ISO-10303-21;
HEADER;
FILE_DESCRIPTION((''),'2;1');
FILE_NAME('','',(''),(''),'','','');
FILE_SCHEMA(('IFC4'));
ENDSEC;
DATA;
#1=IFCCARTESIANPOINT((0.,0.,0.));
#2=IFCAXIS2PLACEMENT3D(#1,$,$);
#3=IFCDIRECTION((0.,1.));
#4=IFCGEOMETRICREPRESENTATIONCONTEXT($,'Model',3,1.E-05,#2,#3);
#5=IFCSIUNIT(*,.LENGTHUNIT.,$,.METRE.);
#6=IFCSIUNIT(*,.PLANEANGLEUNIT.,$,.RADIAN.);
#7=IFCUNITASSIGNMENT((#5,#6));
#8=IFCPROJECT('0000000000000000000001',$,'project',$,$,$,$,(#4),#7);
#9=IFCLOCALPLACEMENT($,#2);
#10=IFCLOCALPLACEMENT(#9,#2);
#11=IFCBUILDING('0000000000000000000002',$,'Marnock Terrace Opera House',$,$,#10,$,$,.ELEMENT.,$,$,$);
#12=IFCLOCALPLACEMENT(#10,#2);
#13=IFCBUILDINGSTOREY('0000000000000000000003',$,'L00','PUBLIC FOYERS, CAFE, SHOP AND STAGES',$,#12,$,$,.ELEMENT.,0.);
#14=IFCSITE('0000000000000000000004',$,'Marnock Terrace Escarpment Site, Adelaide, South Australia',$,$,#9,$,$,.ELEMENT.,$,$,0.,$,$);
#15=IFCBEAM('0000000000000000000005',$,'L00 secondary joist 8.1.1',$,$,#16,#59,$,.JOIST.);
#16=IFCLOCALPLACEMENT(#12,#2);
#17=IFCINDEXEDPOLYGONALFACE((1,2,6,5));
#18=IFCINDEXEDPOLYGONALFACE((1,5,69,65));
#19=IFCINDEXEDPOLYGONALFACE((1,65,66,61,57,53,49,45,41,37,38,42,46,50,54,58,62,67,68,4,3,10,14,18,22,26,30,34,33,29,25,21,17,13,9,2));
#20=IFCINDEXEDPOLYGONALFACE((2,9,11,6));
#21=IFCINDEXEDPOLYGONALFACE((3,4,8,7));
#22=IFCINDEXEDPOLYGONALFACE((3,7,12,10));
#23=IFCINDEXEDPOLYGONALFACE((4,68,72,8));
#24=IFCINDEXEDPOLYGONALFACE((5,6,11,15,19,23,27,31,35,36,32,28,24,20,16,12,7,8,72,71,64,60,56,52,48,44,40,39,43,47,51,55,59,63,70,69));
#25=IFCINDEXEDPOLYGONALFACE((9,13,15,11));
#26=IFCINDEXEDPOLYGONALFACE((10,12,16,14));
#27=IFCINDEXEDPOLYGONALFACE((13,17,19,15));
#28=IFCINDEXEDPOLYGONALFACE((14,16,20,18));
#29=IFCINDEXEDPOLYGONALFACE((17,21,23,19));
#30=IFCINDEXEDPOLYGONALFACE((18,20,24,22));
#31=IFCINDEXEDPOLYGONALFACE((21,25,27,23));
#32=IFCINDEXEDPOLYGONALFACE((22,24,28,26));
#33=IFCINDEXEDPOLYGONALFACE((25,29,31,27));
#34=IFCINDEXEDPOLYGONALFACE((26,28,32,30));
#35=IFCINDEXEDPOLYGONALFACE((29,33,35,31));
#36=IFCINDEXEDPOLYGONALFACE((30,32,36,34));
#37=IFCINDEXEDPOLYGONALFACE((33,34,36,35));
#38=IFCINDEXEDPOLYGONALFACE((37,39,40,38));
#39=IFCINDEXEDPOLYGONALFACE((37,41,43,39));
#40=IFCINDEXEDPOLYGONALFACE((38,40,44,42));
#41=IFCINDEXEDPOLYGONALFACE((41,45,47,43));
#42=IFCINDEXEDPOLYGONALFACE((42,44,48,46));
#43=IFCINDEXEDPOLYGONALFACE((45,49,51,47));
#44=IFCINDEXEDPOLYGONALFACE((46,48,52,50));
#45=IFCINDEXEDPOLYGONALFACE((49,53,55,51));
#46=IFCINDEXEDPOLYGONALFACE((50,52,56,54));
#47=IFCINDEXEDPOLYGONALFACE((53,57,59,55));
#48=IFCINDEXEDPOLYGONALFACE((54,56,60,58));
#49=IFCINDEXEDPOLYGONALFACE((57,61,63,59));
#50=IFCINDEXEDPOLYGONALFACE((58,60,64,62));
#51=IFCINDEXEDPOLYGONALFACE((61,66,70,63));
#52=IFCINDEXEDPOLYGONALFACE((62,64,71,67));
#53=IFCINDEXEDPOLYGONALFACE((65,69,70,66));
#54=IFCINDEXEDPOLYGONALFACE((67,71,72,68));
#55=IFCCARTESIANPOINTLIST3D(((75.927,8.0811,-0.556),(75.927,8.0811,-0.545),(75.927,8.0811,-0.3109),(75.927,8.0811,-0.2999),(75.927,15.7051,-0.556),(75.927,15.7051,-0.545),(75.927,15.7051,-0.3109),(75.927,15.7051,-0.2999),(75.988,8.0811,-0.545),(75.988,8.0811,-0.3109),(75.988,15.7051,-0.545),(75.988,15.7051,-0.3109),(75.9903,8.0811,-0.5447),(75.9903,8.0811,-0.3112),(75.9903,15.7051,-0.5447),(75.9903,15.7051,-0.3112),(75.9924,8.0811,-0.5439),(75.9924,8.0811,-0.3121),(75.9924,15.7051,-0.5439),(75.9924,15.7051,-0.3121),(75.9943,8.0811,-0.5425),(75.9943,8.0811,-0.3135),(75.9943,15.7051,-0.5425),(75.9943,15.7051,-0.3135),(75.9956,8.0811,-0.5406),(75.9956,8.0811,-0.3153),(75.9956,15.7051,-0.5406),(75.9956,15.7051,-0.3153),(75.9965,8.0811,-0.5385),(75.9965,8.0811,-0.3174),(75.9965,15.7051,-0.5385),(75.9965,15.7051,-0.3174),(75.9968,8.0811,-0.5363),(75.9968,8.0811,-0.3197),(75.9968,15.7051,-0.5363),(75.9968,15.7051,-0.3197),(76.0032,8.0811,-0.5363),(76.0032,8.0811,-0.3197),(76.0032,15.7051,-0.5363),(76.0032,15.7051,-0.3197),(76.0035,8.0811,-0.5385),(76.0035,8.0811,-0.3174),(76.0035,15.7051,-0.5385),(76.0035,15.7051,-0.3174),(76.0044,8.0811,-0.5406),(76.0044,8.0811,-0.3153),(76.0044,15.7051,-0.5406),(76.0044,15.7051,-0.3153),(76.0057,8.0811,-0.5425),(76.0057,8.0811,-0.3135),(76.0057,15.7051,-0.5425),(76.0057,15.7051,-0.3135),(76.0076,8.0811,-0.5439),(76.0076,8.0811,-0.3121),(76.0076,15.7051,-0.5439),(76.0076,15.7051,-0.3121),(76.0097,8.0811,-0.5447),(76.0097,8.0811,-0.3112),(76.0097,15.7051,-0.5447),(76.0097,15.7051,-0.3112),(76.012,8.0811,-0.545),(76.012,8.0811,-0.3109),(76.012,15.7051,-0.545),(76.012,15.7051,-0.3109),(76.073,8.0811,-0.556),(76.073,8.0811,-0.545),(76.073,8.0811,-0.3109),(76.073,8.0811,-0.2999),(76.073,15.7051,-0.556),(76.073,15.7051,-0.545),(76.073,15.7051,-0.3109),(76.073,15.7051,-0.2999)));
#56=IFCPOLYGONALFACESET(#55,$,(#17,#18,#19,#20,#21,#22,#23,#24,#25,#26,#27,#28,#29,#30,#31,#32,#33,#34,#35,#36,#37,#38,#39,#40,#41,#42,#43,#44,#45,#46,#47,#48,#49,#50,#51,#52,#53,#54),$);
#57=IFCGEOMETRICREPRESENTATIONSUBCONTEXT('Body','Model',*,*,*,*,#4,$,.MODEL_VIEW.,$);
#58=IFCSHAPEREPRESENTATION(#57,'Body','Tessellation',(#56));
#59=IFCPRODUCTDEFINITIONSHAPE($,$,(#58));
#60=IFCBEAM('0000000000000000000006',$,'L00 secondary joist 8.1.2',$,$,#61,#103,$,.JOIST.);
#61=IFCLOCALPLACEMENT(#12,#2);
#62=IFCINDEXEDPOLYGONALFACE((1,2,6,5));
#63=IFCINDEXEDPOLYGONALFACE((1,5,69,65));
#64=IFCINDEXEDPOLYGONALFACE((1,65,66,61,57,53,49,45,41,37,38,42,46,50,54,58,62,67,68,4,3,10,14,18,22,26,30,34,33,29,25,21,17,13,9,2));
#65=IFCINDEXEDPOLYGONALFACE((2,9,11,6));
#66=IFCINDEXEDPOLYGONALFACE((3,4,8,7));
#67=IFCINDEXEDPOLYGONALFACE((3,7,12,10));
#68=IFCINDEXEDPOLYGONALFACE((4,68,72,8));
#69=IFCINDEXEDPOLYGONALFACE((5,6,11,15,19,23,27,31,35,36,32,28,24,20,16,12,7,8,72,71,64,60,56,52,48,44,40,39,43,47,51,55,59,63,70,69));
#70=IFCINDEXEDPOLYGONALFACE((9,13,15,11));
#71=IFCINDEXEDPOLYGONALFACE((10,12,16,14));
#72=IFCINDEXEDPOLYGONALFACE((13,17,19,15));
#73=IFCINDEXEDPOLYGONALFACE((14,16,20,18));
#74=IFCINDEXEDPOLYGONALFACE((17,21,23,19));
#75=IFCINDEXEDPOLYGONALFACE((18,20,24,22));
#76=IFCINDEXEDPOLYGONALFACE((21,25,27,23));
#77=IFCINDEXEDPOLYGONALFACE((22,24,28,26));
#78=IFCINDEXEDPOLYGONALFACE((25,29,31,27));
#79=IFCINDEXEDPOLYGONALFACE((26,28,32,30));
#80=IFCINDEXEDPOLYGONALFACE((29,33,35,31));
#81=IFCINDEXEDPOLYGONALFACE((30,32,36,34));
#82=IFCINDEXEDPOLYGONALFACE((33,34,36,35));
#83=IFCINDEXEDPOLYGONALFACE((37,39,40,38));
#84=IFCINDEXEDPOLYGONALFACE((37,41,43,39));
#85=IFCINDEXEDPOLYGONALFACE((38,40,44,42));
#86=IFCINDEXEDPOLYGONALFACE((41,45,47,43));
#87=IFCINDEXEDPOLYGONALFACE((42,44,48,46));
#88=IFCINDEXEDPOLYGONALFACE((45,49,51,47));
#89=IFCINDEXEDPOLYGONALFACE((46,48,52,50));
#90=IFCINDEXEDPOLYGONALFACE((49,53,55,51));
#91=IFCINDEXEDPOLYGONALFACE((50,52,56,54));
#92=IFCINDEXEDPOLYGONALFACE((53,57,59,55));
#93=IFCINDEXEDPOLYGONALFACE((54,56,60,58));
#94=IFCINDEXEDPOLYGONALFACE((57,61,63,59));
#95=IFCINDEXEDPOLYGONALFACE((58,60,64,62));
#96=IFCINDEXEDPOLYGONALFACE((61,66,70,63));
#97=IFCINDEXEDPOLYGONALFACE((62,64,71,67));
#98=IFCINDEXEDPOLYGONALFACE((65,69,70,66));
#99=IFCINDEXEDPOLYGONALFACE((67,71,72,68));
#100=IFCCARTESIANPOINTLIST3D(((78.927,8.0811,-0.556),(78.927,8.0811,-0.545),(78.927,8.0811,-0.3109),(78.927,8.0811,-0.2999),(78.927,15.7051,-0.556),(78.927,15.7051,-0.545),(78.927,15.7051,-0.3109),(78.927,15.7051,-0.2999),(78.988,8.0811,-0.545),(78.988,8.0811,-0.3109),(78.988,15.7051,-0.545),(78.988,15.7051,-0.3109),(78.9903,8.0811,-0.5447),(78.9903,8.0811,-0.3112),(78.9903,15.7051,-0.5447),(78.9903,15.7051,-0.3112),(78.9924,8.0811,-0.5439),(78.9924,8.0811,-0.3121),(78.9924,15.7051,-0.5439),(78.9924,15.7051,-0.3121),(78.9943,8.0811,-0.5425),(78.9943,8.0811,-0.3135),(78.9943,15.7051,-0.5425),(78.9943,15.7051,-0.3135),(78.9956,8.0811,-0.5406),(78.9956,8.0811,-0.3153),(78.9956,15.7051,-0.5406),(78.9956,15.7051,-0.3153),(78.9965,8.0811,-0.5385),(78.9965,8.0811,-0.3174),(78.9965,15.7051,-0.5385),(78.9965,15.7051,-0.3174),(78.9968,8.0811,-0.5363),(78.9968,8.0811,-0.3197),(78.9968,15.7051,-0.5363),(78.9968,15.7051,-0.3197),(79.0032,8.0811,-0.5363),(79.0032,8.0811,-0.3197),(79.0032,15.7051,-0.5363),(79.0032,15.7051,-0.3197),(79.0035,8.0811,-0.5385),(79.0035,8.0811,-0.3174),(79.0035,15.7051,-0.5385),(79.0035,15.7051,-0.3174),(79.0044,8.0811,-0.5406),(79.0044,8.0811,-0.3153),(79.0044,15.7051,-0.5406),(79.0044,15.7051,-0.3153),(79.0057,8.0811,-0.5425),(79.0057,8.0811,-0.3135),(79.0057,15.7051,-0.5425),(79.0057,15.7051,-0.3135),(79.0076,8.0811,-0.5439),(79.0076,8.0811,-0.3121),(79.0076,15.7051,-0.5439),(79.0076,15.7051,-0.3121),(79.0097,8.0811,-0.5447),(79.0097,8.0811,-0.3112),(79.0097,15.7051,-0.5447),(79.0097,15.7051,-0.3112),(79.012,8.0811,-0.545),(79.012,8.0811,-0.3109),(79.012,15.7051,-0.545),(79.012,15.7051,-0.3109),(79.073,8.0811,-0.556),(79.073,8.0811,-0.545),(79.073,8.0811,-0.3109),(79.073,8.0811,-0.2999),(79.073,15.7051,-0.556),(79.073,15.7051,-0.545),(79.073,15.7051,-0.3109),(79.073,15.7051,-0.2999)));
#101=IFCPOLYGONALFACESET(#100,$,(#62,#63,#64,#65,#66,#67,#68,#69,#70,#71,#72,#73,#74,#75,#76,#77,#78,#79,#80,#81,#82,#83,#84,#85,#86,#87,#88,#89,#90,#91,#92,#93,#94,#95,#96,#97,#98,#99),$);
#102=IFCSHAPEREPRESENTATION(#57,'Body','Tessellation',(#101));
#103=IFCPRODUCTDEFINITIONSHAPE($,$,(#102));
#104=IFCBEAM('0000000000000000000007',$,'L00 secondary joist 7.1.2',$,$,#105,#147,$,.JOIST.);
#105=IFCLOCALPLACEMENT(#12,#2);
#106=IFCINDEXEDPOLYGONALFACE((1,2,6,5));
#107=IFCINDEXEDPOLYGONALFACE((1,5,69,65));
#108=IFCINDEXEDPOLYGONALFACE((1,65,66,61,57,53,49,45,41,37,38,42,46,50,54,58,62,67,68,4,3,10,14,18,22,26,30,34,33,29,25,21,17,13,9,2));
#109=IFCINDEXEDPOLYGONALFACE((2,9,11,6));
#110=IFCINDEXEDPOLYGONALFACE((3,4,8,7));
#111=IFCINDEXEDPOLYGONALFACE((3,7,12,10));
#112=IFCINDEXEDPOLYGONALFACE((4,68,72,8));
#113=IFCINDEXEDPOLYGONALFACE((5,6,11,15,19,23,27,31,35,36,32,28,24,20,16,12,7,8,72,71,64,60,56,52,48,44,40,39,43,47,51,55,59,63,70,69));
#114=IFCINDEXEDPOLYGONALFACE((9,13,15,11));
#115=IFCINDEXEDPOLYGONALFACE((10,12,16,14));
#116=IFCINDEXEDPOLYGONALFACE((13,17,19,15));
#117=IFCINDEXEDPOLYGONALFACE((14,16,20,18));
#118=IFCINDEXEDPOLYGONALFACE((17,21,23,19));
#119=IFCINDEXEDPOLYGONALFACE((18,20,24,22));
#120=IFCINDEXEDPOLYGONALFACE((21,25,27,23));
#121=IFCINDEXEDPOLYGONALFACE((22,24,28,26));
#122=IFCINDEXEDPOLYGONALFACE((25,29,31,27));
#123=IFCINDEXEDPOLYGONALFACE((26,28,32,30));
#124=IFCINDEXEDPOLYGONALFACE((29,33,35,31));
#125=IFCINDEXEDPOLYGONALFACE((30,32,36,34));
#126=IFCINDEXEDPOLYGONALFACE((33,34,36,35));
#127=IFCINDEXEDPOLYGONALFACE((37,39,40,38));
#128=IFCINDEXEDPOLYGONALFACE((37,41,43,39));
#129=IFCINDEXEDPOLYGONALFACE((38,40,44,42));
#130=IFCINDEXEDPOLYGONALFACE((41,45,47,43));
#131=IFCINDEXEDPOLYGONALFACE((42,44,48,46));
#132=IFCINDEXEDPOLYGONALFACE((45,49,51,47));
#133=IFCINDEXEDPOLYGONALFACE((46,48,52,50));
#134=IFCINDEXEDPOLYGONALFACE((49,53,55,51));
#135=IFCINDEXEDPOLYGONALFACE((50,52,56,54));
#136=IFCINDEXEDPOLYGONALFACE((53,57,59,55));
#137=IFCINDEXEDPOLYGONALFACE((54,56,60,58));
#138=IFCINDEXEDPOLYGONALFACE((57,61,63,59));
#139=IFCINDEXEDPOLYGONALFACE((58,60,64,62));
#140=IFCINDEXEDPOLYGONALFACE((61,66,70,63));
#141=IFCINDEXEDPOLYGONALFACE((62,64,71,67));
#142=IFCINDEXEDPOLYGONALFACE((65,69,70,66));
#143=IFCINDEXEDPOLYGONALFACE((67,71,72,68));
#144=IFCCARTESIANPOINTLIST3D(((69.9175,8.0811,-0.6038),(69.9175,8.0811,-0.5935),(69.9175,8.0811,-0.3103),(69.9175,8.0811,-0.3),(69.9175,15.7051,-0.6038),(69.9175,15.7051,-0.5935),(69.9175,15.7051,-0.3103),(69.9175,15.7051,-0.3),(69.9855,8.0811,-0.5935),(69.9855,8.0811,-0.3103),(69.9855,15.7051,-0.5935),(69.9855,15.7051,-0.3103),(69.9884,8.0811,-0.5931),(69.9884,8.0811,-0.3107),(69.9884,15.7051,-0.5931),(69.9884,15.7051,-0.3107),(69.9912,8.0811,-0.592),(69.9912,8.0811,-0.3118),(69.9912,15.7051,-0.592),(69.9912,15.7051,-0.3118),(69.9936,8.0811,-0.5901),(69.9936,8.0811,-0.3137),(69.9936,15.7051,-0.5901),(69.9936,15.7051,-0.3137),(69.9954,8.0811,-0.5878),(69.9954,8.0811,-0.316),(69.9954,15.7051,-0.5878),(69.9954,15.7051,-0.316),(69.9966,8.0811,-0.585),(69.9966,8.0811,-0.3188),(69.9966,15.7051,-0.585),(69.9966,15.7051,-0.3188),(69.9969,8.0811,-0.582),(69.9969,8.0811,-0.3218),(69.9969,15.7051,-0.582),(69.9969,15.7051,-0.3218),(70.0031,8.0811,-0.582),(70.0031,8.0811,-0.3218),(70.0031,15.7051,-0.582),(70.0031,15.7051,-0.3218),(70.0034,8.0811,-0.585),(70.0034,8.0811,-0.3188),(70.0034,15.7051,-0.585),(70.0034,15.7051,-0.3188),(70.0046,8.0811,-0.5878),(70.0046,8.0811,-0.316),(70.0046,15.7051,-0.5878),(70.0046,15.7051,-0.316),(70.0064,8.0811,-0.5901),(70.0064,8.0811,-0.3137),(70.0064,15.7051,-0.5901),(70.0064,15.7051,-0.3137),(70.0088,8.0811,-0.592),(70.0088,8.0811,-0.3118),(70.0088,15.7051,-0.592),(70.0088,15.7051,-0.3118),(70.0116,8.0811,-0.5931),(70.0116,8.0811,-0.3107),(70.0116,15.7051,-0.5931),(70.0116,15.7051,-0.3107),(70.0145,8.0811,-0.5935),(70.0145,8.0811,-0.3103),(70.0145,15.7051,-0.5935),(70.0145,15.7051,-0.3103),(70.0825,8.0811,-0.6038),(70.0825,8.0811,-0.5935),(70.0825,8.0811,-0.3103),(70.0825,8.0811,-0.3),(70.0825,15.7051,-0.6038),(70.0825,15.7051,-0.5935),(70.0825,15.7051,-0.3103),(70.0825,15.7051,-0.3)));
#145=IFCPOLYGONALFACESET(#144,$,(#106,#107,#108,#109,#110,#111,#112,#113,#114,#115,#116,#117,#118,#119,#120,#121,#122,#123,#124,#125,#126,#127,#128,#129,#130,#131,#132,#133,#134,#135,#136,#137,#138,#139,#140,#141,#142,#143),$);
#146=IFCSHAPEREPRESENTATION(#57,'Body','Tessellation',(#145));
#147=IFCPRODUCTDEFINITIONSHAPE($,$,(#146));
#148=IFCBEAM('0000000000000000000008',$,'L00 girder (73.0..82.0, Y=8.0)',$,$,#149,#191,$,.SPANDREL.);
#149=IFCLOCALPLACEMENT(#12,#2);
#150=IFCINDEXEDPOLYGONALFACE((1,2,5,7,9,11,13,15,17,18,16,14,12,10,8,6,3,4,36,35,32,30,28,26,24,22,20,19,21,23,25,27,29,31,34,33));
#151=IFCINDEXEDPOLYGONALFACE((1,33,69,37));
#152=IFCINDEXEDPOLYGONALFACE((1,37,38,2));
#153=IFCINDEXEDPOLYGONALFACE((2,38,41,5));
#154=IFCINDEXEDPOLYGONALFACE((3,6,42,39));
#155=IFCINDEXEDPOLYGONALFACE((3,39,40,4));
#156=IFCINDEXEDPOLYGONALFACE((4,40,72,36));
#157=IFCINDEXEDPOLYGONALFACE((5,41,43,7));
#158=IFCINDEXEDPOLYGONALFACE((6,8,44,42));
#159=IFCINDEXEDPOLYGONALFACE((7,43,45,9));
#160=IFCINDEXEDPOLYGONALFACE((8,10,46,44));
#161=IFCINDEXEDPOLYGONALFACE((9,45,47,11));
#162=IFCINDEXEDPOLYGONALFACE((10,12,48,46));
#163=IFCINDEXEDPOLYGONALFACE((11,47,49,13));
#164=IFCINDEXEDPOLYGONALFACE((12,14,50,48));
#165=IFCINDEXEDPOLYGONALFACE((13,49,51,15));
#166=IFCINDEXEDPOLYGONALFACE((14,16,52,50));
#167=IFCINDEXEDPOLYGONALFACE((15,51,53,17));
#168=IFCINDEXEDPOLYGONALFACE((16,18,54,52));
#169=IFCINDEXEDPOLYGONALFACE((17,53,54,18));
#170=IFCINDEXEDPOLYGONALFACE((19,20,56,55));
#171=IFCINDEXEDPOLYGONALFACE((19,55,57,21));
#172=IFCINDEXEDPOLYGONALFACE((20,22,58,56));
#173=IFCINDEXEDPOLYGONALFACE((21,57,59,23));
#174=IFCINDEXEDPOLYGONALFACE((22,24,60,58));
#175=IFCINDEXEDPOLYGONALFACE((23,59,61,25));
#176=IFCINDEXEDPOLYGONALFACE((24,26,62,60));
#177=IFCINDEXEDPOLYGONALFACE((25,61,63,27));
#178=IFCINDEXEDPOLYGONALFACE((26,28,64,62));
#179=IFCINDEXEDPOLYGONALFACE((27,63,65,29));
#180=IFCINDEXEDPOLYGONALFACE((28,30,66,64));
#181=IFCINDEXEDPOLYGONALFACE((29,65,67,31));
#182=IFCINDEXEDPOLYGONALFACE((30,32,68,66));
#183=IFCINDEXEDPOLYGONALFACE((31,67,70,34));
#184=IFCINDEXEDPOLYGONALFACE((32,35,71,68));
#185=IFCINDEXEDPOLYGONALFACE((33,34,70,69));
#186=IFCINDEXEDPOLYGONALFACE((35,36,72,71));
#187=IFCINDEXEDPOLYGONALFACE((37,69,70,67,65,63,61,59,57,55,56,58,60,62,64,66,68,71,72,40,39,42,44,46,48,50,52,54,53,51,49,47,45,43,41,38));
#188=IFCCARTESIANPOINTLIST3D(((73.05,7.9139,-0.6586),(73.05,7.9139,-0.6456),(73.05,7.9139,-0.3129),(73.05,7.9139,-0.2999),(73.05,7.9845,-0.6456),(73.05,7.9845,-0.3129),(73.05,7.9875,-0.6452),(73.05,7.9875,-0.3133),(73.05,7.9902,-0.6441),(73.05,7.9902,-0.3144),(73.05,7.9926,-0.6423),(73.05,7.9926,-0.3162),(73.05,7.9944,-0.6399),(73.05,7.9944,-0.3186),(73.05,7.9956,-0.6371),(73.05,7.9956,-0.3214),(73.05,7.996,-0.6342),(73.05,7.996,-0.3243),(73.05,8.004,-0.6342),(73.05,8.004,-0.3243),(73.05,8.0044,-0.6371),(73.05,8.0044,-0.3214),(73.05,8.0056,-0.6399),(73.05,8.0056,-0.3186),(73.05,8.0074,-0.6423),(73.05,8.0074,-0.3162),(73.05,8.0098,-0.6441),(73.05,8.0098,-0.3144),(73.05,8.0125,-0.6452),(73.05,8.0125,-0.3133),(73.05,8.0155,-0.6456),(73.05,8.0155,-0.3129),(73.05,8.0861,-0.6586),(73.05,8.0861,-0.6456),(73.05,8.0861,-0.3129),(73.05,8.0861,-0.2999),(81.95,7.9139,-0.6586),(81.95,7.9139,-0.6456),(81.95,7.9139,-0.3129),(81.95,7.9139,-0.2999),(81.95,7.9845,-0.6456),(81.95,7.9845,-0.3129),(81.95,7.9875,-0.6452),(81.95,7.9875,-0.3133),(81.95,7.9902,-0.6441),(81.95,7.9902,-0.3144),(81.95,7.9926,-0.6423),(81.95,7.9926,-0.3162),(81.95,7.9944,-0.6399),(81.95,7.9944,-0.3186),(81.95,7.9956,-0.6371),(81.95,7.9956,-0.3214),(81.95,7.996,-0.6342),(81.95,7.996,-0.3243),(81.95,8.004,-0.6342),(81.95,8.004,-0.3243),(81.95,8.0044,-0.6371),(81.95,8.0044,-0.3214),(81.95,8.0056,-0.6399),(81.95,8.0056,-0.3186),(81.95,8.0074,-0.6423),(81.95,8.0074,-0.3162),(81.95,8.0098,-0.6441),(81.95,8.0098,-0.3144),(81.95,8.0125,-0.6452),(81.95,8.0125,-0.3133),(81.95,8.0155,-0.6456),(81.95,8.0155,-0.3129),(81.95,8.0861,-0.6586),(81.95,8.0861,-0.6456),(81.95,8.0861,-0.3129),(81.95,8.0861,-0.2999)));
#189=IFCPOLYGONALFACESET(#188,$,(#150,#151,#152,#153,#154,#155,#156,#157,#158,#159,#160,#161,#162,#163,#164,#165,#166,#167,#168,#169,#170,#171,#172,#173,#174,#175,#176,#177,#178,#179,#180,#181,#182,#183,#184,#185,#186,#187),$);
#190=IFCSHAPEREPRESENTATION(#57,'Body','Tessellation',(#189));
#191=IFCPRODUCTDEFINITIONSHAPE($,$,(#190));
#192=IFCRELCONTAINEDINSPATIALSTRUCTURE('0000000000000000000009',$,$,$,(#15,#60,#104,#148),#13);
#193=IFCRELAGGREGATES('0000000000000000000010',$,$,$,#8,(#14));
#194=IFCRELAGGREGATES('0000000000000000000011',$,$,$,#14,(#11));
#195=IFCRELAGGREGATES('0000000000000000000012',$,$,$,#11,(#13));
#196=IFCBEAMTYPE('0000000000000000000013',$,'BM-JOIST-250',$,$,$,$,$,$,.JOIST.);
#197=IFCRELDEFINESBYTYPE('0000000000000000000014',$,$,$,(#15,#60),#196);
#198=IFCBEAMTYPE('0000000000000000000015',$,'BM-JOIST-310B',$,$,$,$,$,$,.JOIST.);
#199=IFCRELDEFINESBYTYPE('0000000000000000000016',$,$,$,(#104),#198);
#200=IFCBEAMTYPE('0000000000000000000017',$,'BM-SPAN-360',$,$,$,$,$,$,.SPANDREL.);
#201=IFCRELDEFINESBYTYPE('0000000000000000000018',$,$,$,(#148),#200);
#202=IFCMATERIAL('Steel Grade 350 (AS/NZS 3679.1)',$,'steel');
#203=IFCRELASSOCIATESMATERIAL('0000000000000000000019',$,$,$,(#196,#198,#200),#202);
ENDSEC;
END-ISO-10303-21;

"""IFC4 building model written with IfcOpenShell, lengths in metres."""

from ifc_helpers import new_model, si_unit, direction, frame, origin, origin_2d, place, context, subcontext, project, spatial, i_section, extrude, material, material_profile, profile_set, type_object, element, save


model = new_model("IFC4")

# Units and contexts
model_context = context("Model", 3, precision=1e-05, world=origin(), true_north=direction((0.0, 1.0)))
body_context = subcontext(model_context, "Body", "Model", "MODEL_VIEW")
ifc_project = project(units=[si_unit("LENGTHUNIT", "METRE"), si_unit("PLANEANGLEUNIT", "RADIAN")], contexts=[model_context])

# Site, building, storey
site_placement = place(None, origin())
site = spatial("IfcSite", under=ifc_project, at=site_placement, Name="Marnock Terrace Escarpment Site, Adelaide, South Australia", CompositionType="ELEMENT", RefElevation=0.0)
building_placement = place(site_placement, origin())
building = spatial("IfcBuilding", under=site, at=building_placement, Name="Marnock Terrace Opera House", CompositionType="ELEMENT")
storey_placement = place(building_placement, origin())
storey = spatial("IfcBuildingStorey", under=building, at=storey_placement, Name="L00", Description="PUBLIC FOYERS, CAFE, SHOP AND STAGES", CompositionType="ELEMENT", Elevation=0.0)

# Beams
ifc_material_1 = material(Name="Steel Grade 350 (AS/NZS 3679.1)", Category="steel")
ifc_material_profile_1 = material_profile(ifc_material_1, i_section(OverallWidth=0.146, OverallDepth=0.2561, WebThickness=0.0063, FlangeThickness=0.011, FilletRadius=0.0088, at=origin_2d()))
ifc_profile_set_1 = profile_set([ifc_material_profile_1], Name="Steel Grade 350 (AS/NZS 3679.1)")
beam_type_1 = type_object("IfcBeamType", Name="BM-JOIST-250", PredefinedType="JOIST", material=ifc_profile_set_1)
for number, where, z_axis, x_axis, name in (
    (1, (76.0, 8.0811, -0.428), (0.0, 1.0, 0.0), (-1.0, 0.0, 0.0), "L00 secondary joist 8.1.1"),
    (2, (79.0, 8.0811, -0.428), (0.0, 1.0, 0.0), (-1.0, 0.0, 0.0), "L00 secondary joist 8.1.2"),
):
    element("IfcBeam", number, at=place(storey_placement, frame(where, z_axis=z_axis, x_axis=x_axis)), inside=storey, type_object=beam_type_1, Name=name, PredefinedType="JOIST", context=body_context, shape_type="SweptSolid", body=[
        extrude(i_section(OverallWidth=0.146, OverallDepth=0.2561, WebThickness=0.0063, FlangeThickness=0.011, FilletRadius=0.0088, at=origin_2d()), origin(), (0.0, 0.0, 1.0), 7.624),
    ])
ifc_material_profile_2 = material_profile(ifc_material_1, i_section(OverallWidth=0.165, OverallDepth=0.3037, WebThickness=0.0061, FlangeThickness=0.0103, FilletRadius=0.0115, at=origin_2d()))
ifc_profile_set_2 = profile_set([ifc_material_profile_2], Name="Steel Grade 350 (AS/NZS 3679.1)")
beam_type_2 = type_object("IfcBeamType", Name="BM-JOIST-310B", PredefinedType="JOIST", material=ifc_profile_set_2)
beam_1_placement = place(storey_placement, frame((70.0, 8.0811, -0.4519), z_axis=(0.0, 1.0, 0.0), x_axis=(-1.0, 0.0, 0.0)))
element("IfcBeam", 3, at=beam_1_placement, inside=storey, type_object=beam_type_2, Name="L00 secondary joist 7.1.2", PredefinedType="JOIST", context=body_context, shape_type="SweptSolid", body=[
    extrude(i_section(OverallWidth=0.165, OverallDepth=0.3037, WebThickness=0.0061, FlangeThickness=0.0103, FilletRadius=0.0115, at=origin_2d()), origin(), (0.0, 0.0, 1.0), 7.624),
])
ifc_material_profile_3 = material_profile(ifc_material_1, i_section(OverallWidth=0.1721, OverallDepth=0.3586, WebThickness=0.0081, FlangeThickness=0.0129, FilletRadius=0.0115, at=origin_2d()))
ifc_profile_set_3 = profile_set([ifc_material_profile_3], Name="Steel Grade 350 (AS/NZS 3679.1)")
beam_type_3 = type_object("IfcBeamType", Name="BM-SPAN-360", PredefinedType="SPANDREL", material=ifc_profile_set_3)
beam_2_placement = place(storey_placement, frame((73.05, 8.0, -0.4792), z_axis=(1.0, 0.0, 0.0), x_axis=(0.0, 1.0, 0.0)))
element("IfcBeam", 4, at=beam_2_placement, inside=storey, type_object=beam_type_3, Name="L00 girder (73.0..82.0, Y=8.0)", PredefinedType="SPANDREL", context=body_context, shape_type="SweptSolid", body=[
    extrude(i_section(OverallWidth=0.1721, OverallDepth=0.3586, WebThickness=0.0081, FlangeThickness=0.0129, FilletRadius=0.0115, at=origin_2d()), origin(), (0.0, 0.0, 1.0), 8.8999),
])

save(model, "model.ifc")
